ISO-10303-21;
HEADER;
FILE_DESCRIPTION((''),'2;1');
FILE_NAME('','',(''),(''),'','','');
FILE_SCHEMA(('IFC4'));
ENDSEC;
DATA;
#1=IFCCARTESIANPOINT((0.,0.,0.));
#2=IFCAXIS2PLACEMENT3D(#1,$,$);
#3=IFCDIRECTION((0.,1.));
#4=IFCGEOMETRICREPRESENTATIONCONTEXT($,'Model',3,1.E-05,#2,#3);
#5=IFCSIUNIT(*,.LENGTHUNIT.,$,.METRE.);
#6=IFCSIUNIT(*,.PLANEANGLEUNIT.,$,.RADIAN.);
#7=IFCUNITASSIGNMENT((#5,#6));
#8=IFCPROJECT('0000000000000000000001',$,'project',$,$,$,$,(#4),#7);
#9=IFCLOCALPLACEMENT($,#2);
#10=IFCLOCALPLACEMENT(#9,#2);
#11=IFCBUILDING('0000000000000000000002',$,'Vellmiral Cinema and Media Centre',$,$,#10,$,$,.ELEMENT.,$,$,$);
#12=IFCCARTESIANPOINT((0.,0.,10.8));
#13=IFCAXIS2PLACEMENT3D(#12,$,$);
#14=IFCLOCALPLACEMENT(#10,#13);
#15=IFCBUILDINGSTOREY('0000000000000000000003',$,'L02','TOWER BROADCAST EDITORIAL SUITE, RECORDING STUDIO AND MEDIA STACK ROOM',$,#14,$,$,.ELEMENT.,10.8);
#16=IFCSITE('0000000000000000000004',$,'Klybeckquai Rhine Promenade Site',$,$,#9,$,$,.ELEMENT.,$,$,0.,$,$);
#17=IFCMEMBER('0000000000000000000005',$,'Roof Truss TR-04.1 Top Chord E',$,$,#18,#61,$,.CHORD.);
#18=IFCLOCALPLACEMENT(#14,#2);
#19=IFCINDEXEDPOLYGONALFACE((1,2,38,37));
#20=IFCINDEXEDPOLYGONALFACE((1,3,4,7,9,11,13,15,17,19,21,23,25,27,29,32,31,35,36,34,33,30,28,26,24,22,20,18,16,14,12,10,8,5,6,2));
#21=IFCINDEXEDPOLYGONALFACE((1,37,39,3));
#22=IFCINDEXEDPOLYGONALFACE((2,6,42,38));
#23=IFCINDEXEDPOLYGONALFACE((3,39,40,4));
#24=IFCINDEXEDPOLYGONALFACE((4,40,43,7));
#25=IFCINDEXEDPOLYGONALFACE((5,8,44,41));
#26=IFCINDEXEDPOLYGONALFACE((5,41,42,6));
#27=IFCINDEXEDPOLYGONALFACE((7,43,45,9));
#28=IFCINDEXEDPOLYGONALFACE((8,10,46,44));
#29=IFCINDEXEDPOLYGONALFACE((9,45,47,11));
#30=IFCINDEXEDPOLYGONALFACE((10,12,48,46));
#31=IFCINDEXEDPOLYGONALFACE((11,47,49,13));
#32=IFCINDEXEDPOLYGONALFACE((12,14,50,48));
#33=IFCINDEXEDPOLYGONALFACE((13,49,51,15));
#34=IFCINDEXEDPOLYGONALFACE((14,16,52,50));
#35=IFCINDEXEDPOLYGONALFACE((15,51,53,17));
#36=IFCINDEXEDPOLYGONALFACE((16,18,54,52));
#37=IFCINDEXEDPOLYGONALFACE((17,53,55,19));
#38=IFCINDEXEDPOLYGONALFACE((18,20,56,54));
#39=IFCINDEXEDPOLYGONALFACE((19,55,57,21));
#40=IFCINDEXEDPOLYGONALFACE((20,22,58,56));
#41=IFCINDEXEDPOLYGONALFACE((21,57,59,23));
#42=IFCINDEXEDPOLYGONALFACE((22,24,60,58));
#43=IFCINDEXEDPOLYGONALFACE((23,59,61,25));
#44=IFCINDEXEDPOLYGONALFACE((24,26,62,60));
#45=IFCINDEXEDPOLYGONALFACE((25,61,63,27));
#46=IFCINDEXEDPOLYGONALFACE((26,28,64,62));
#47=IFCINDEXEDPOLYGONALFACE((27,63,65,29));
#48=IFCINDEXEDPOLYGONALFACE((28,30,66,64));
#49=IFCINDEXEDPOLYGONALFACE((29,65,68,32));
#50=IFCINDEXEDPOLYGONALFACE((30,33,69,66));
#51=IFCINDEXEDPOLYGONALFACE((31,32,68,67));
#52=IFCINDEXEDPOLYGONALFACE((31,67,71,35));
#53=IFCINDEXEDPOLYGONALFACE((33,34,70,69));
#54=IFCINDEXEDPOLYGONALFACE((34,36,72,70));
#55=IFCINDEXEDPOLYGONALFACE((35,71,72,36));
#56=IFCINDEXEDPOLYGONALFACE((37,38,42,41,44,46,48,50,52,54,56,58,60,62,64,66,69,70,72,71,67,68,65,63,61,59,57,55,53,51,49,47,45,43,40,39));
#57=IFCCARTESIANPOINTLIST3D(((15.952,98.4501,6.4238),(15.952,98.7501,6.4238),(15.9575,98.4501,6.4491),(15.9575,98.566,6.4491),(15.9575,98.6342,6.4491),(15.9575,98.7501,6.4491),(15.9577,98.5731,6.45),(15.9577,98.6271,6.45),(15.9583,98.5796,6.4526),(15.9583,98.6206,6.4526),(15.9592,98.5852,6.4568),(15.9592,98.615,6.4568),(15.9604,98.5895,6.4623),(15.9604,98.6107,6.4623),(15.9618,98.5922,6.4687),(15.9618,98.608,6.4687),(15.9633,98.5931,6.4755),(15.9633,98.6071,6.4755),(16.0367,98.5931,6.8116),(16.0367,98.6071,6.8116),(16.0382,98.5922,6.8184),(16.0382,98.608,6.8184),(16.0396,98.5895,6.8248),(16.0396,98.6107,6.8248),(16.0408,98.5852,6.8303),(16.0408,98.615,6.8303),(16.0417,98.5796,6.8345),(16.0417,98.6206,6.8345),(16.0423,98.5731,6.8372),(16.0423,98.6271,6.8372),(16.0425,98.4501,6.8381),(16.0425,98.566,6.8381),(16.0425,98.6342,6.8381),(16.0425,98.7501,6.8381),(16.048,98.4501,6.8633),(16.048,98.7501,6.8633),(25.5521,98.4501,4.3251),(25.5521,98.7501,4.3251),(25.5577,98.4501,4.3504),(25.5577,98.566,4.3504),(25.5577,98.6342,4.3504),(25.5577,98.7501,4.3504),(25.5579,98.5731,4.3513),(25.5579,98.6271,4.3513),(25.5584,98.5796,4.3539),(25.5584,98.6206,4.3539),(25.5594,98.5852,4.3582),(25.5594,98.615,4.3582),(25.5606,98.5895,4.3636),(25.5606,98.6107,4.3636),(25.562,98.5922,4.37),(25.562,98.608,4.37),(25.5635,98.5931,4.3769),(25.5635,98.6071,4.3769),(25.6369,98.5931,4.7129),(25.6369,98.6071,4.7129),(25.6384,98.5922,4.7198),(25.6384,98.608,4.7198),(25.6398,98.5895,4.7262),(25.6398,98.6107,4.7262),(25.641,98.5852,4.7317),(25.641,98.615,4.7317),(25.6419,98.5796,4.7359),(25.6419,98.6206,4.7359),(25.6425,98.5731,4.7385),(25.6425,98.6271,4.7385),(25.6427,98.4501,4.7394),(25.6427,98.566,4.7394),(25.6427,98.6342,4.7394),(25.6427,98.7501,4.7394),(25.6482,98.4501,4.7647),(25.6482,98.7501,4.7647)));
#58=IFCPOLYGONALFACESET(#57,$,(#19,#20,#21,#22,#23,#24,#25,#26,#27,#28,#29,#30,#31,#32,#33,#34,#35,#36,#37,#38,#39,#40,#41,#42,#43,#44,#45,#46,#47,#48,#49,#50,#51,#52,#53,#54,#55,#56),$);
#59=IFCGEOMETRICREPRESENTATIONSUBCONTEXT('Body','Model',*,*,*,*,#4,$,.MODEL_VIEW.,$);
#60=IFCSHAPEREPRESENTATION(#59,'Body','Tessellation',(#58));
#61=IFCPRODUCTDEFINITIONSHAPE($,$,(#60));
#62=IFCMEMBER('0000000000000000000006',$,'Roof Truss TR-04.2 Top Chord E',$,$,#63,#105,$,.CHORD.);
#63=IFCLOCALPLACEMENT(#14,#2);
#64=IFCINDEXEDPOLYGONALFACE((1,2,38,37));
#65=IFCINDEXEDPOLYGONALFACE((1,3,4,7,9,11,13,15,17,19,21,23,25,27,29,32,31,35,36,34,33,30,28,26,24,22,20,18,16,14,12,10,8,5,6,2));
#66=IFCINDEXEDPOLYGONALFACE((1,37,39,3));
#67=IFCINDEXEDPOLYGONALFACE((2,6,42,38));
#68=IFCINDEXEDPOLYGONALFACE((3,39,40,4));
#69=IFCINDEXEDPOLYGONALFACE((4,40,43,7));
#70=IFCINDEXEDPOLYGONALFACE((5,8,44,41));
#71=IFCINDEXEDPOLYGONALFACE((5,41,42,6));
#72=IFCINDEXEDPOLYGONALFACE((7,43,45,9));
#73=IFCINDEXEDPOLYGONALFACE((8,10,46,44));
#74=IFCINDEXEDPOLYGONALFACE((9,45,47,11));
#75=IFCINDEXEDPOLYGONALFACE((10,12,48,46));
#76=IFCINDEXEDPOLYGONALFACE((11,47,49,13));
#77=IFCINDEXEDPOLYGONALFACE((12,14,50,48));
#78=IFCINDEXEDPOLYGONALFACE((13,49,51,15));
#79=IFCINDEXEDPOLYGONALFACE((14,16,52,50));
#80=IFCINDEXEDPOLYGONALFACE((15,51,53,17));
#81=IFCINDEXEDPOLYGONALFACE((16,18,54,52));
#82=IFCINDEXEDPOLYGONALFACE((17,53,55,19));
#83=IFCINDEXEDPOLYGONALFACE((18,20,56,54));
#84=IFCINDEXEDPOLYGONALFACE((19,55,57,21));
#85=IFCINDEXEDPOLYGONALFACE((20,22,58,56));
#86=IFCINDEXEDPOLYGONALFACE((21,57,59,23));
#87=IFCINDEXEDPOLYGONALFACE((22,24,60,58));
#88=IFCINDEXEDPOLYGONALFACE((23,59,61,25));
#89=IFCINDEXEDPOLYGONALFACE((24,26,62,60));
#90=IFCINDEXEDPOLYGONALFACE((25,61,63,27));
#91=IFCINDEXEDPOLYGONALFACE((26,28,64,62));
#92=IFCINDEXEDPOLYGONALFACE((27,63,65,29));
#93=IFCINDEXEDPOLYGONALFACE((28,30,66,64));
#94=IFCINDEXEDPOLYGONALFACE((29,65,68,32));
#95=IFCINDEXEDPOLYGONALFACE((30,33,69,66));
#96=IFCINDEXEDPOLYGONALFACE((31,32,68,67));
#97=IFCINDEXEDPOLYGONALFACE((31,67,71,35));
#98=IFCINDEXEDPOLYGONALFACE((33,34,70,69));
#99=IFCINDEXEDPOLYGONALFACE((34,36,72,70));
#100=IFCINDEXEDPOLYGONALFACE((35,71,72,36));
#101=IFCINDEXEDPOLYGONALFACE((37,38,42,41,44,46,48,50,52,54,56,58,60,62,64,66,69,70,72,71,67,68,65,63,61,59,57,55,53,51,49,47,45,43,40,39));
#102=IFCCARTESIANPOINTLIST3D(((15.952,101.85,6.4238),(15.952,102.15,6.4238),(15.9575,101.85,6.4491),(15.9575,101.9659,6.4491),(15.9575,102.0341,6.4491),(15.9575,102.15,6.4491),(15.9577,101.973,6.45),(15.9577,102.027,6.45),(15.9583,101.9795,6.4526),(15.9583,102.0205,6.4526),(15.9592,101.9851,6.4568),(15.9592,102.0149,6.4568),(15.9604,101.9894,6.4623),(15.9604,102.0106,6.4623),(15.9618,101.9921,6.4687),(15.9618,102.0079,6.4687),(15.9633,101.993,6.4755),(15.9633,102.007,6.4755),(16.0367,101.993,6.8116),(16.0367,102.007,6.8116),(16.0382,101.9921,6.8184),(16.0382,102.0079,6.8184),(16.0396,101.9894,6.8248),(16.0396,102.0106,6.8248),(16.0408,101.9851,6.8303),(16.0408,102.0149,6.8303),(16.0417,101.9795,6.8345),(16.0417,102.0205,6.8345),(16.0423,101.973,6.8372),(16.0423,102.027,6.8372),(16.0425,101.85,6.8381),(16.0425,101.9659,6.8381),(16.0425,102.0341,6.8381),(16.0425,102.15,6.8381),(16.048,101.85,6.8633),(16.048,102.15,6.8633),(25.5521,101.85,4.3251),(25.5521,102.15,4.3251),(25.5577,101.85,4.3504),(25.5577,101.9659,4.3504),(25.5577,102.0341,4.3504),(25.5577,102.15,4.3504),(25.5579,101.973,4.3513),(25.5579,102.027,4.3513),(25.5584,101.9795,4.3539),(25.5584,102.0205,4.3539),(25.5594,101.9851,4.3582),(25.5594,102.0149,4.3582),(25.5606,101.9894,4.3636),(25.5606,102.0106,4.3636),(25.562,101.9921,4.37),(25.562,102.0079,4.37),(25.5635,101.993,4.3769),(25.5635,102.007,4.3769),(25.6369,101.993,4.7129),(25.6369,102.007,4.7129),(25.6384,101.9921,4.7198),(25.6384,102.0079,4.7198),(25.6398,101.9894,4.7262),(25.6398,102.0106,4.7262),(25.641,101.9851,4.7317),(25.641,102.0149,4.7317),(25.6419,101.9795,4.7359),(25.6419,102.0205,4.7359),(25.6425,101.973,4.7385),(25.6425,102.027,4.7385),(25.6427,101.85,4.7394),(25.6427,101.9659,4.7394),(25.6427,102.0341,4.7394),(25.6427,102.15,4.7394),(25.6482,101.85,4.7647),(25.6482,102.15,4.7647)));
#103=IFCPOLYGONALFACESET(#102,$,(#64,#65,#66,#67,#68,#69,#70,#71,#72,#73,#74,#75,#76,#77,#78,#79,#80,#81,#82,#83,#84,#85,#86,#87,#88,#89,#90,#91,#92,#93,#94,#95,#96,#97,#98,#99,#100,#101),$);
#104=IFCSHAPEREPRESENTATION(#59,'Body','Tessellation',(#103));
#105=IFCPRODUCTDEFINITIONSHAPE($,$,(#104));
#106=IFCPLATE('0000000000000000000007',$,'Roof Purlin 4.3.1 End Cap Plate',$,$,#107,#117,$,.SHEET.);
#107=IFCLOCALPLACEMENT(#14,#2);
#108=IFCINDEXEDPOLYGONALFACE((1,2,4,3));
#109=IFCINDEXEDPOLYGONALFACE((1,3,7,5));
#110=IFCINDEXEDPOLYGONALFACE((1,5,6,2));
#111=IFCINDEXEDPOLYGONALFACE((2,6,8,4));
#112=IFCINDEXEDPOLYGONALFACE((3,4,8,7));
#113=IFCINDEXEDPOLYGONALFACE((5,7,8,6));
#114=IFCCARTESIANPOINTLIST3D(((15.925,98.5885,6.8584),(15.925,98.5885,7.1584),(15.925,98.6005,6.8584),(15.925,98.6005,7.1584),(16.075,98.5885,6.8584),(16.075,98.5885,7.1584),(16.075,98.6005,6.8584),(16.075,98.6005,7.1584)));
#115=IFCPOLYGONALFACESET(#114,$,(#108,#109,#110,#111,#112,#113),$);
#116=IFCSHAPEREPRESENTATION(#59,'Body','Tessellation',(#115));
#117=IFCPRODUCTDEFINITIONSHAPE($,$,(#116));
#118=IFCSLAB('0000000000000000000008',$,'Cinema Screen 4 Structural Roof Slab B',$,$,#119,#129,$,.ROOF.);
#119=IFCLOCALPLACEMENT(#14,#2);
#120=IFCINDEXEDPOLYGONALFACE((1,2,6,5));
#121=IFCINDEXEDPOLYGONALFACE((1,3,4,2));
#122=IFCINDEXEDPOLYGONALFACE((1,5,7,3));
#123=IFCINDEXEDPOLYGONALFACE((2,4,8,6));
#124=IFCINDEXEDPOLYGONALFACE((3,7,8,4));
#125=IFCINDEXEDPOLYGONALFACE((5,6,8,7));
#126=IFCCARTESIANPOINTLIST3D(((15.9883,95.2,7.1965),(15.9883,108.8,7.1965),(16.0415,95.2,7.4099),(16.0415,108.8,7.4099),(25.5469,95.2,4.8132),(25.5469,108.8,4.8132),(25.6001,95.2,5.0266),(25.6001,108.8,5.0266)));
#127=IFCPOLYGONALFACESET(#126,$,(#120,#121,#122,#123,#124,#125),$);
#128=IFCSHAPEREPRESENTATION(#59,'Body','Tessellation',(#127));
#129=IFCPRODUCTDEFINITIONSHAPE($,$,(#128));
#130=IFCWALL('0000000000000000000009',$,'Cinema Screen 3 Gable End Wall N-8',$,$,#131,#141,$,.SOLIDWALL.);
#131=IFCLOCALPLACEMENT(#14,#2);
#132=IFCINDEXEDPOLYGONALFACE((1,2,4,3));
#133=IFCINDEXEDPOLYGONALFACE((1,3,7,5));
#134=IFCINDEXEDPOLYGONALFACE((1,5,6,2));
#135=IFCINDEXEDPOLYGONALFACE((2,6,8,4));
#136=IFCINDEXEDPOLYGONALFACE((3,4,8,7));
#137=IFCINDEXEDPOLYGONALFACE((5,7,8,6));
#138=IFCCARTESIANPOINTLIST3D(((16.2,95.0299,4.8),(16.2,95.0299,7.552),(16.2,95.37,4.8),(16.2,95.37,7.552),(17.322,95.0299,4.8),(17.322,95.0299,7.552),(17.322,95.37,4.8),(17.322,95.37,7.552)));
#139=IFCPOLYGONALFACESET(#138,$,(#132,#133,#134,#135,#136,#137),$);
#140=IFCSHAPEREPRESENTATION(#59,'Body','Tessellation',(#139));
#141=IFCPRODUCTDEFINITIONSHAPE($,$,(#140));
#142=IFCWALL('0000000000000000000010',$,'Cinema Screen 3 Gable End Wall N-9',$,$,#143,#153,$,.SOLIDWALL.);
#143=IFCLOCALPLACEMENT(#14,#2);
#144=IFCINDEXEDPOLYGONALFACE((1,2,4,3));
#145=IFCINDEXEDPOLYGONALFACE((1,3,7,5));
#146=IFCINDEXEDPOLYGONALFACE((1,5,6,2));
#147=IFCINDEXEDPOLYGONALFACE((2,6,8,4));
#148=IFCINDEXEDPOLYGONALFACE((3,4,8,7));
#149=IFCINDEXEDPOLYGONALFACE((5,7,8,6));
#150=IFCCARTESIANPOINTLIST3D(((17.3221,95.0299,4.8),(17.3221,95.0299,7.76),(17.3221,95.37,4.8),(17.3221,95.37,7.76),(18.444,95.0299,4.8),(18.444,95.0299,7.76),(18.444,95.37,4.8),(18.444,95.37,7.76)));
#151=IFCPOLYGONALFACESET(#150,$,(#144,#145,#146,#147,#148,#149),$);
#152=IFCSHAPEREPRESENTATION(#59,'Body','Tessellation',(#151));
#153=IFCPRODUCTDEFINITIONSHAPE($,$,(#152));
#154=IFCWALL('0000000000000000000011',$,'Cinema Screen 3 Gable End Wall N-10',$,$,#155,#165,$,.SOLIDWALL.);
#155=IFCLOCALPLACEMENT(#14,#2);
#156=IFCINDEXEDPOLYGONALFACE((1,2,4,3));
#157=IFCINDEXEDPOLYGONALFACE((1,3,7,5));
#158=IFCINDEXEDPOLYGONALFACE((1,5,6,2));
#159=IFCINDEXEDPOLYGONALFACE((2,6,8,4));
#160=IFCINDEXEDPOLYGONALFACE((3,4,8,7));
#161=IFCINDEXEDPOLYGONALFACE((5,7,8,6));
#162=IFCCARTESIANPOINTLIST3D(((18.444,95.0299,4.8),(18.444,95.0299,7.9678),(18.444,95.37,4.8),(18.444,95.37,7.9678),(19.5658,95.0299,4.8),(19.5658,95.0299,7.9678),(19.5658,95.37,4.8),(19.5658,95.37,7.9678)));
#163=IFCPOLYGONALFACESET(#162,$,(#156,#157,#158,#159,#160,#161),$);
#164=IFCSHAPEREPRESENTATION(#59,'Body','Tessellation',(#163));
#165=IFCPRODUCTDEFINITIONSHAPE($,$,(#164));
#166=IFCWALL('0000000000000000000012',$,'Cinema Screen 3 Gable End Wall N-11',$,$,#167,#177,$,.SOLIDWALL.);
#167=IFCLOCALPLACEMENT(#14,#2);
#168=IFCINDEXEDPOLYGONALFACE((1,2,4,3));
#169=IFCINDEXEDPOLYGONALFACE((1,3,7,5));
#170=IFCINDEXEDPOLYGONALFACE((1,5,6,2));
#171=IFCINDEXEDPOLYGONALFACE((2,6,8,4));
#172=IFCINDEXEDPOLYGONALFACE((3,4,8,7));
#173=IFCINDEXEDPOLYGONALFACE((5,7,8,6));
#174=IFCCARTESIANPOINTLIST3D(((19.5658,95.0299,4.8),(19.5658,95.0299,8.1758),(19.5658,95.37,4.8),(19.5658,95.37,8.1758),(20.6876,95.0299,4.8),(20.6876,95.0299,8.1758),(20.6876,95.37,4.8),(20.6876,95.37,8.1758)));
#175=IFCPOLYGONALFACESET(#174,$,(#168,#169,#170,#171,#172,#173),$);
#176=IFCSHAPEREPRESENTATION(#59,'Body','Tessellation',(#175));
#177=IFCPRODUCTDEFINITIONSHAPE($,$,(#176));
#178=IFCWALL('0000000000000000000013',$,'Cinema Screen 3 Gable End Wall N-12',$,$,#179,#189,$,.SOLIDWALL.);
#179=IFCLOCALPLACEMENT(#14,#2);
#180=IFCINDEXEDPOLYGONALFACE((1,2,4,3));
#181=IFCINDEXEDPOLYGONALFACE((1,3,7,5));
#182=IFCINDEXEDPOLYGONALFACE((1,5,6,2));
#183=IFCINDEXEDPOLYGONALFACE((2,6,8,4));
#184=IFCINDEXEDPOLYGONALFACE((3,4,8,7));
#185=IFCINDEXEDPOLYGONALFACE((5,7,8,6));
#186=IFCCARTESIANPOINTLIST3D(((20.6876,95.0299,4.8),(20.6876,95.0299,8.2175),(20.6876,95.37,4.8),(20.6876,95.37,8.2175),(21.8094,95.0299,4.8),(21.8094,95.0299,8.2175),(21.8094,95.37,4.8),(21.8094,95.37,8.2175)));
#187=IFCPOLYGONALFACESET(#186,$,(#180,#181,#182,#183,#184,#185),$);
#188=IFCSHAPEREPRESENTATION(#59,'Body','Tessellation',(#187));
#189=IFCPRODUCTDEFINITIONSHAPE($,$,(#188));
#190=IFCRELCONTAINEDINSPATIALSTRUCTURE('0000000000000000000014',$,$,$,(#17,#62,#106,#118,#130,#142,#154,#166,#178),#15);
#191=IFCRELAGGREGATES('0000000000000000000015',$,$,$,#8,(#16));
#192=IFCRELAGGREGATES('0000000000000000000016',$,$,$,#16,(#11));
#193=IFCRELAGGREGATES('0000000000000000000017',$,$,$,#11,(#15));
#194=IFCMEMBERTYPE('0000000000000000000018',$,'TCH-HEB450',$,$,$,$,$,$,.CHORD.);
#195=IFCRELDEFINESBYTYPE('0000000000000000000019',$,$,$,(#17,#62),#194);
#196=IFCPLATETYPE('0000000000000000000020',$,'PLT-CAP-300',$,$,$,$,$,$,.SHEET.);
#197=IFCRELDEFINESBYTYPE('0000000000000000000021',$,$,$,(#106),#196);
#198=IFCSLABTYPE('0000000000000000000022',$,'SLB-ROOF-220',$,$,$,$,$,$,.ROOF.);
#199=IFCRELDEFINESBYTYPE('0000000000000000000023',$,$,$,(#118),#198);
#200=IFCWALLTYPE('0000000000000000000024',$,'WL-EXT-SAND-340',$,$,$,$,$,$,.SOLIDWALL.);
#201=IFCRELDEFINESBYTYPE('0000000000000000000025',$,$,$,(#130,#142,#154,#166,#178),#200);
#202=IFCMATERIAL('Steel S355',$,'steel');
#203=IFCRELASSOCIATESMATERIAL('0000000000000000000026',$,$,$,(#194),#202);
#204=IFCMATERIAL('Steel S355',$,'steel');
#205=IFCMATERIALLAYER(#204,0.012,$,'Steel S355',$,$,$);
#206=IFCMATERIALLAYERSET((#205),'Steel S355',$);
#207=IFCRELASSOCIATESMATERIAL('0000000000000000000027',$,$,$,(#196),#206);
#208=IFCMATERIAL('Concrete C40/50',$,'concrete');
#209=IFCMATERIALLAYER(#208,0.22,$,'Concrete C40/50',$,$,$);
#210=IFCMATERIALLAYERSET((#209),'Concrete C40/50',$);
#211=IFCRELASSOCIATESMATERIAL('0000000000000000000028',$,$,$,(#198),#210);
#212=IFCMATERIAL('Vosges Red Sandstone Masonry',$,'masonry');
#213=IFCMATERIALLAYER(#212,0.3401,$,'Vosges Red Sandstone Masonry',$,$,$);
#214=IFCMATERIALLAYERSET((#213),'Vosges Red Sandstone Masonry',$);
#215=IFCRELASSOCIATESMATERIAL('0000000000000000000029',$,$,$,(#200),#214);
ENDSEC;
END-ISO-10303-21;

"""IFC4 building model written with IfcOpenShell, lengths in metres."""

from ifc_helpers import new_model, si_unit, direction, frame, frame_2d, origin, origin_2d, place, context, subcontext, project, spatial, polyline, rectangle, i_section, outline, extrude, material, layer, layer_set, material_profile, profile_set, type_object, element, save


model = new_model("IFC4")

# Units and contexts
model_context = context("Model", 3, precision=1e-05, world=origin(), true_north=direction((0.0, 1.0)))
body_context = subcontext(model_context, "Body", "Model", "MODEL_VIEW")
ifc_project = project(units=[si_unit("LENGTHUNIT", "METRE"), si_unit("PLANEANGLEUNIT", "RADIAN")], contexts=[model_context])

# Site, building, storey
site_placement = place(None, origin())
site = spatial("IfcSite", under=ifc_project, at=site_placement, Name="Klybeckquai Rhine Promenade Site", CompositionType="ELEMENT", RefElevation=0.0)
building_placement = place(site_placement, origin())
building = spatial("IfcBuilding", under=site, at=building_placement, Name="Vellmiral Cinema and Media Centre", CompositionType="ELEMENT")
storey_placement = place(building_placement, frame((0.0, 0.0, 10.8)))
storey = spatial("IfcBuildingStorey", under=building, at=storey_placement, Name="L02", Description="TOWER BROADCAST EDITORIAL SUITE, RECORDING STUDIO AND MEDIA STACK ROOM", CompositionType="ELEMENT", Elevation=10.8)

# Members
ifc_material_1 = material(Name="Steel S355", Category="steel")
ifc_material_profile_1 = material_profile(ifc_material_1, i_section(OverallWidth=0.3, OverallDepth=0.45, WebThickness=0.0139, FlangeThickness=0.0259, FilletRadius=0.0271, at=origin_2d()), Name="HEB 450")
ifc_profile_set_1 = profile_set([ifc_material_profile_1], Name="Steel S355")
member_type_1 = type_object("IfcMemberType", Name="TCH-HEB450", PredefinedType="CHORD", material=ifc_profile_set_1)
for number, where, z_axis, x_axis, name in (
    (1, (16.0, 98.6001, 6.6436), (0.97693, 0.0, -0.213562), (0.0, 1.0, 0.0), "Roof Truss TR-04.1 Top Chord E"),
    (2, (16.0, 102.0, 6.6436), (0.97693, 0.0, -0.213562), (0.0, 1.0, 0.0), "Roof Truss TR-04.2 Top Chord E"),
):
    element("IfcMember", number, at=place(storey_placement, frame(where, z_axis=z_axis, x_axis=x_axis)), inside=storey, type_object=member_type_1, Name=name, PredefinedType="CHORD", context=body_context, shape_type="SweptSolid", body=[
        extrude(i_section(OverallWidth=0.3, OverallDepth=0.45, WebThickness=0.0139, FlangeThickness=0.0259, FilletRadius=0.0271, at=origin_2d()), origin(), (0.0, 0.0, 1.0), 9.8269),
    ])

# Plate
ifc_material_2 = material(Name="Steel S355", Category="steel")
ifc_layer_1 = layer(ifc_material_2, 0.012, Name="Steel S355")
ifc_layer_set_1 = layer_set([ifc_layer_1], Name="Steel S355")
plate_type = type_object("IfcPlateType", Name="PLT-CAP-300", PredefinedType="SHEET", material=ifc_layer_set_1)
plate_placement = place(storey_placement, frame((16.0, 98.5945, 6.8584), z_axis=(0.0, 0.0, 1.0), x_axis=(1.0, 0.0, 0.0)))
element("IfcPlate", 3, at=plate_placement, inside=storey, type_object=plate_type, Name="Roof Purlin 4.3.1 End Cap Plate", PredefinedType="SHEET", context=body_context, shape_type="SweptSolid", body=[
    extrude(rectangle(XDim=0.1499, YDim=0.012, at=origin_2d()), origin(), (0.0, 0.0, 1.0), 0.3),
])

# Slab
ifc_material_3 = material(Name="Concrete C40/50", Category="concrete")
ifc_layer_2 = layer(ifc_material_3, 0.22, Name="Concrete C40/50")
ifc_layer_set_2 = layer_set([ifc_layer_2], Name="Concrete C40/50")
slab_type = type_object("IfcSlabType", Name="SLB-ROOF-220", PredefinedType="ROOF", material=ifc_layer_set_2)
slab_placement = place(storey_placement, frame((16.0415, 95.2, 7.4099), z_axis=(0.241929, 0.0, 0.970294), x_axis=(0.970294, 0.0, -0.241929)))
element("IfcSlab", 4, at=slab_placement, inside=storey, type_object=slab_type, Name="Cinema Screen 4 Structural Roof Slab B", PredefinedType="ROOF", context=body_context, shape_type="SweptSolid", body=[
    extrude(outline(polyline([(0.0, 0.0), (9.8512, 0.0), (9.8512, 13.6001), (0.0, 13.6001), (0.0, 0.0)])), origin(), (0.0, 0.0, -1.0), 0.22),
])

# Walls
ifc_material_4 = material(Name="Vosges Red Sandstone Masonry", Category="masonry")
ifc_layer_3 = layer(ifc_material_4, 0.3401, Name="Vosges Red Sandstone Masonry")
ifc_layer_set_3 = layer_set([ifc_layer_3], Name="Vosges Red Sandstone Masonry")
wall_type = type_object("IfcWallType", Name="WL-EXT-SAND-340", PredefinedType="SOLIDWALL", material=ifc_layer_set_3)
wall_1_placement = place(storey_placement, frame((16.2, 95.2, 4.8), z_axis=(0.0, 0.0, 1.0), x_axis=(1.0, 0.0, 0.0)))
element("IfcWall", 5, at=wall_1_placement, inside=storey, type_object=wall_type, Name="Cinema Screen 3 Gable End Wall N-8", PredefinedType="SOLIDWALL", context=body_context, shape_type="SweptSolid", body=[
    extrude(rectangle(XDim=1.1221, YDim=0.3401, at=frame_2d((0.561, 0.0))), origin(), (0.0, 0.0, 1.0), 2.752),
])
wall_2_placement = place(storey_placement, frame((17.322, 95.2, 4.8), z_axis=(0.0, 0.0, 1.0), x_axis=(1.0, 0.0, 0.0)))
element("IfcWall", 6, at=wall_2_placement, inside=storey, type_object=wall_type, Name="Cinema Screen 3 Gable End Wall N-9", PredefinedType="SOLIDWALL", context=body_context, shape_type="SweptSolid", body=[
    extrude(rectangle(XDim=1.1218, YDim=0.3401, at=frame_2d((0.561, 0.0))), origin(), (0.0, 0.0, 1.0), 2.96),
])
wall_3_placement = place(storey_placement, frame((18.4438, 95.2, 4.8), z_axis=(0.0, 0.0, 1.0), x_axis=(1.0, 0.0, 0.0)))
element("IfcWall", 7, at=wall_3_placement, inside=storey, type_object=wall_type, Name="Cinema Screen 3 Gable End Wall N-10", PredefinedType="SOLIDWALL", context=body_context, shape_type="SweptSolid", body=[
    extrude(rectangle(XDim=1.1218, YDim=0.3401, at=frame_2d((0.561, 0.0))), origin(), (0.0, 0.0, 1.0), 3.1677),
])
wall_4_placement = place(storey_placement, frame((19.5657, 95.2, 4.8), z_axis=(0.0, 0.0, 1.0), x_axis=(1.0, 0.0, 0.0)))
element("IfcWall", 8, at=wall_4_placement, inside=storey, type_object=wall_type, Name="Cinema Screen 3 Gable End Wall N-11", PredefinedType="SOLIDWALL", context=body_context, shape_type="SweptSolid", body=[
    extrude(rectangle(XDim=1.1218, YDim=0.3401, at=frame_2d((0.561, 0.0))), origin(), (0.0, 0.0, 1.0), 3.3757),
])
wall_5_placement = place(storey_placement, frame((20.6875, 95.2, 4.8), z_axis=(0.0, 0.0, 1.0), x_axis=(1.0, 0.0, 0.0)))
element("IfcWall", 9, at=wall_5_placement, inside=storey, type_object=wall_type, Name="Cinema Screen 3 Gable End Wall N-12", PredefinedType="SOLIDWALL", context=body_context, shape_type="SweptSolid", body=[
    extrude(rectangle(XDim=1.1218, YDim=0.3401, at=frame_2d((0.561, 0.0))), origin(), (0.0, 0.0, 1.0), 3.4175),
])

save(model, "model.ifc")
